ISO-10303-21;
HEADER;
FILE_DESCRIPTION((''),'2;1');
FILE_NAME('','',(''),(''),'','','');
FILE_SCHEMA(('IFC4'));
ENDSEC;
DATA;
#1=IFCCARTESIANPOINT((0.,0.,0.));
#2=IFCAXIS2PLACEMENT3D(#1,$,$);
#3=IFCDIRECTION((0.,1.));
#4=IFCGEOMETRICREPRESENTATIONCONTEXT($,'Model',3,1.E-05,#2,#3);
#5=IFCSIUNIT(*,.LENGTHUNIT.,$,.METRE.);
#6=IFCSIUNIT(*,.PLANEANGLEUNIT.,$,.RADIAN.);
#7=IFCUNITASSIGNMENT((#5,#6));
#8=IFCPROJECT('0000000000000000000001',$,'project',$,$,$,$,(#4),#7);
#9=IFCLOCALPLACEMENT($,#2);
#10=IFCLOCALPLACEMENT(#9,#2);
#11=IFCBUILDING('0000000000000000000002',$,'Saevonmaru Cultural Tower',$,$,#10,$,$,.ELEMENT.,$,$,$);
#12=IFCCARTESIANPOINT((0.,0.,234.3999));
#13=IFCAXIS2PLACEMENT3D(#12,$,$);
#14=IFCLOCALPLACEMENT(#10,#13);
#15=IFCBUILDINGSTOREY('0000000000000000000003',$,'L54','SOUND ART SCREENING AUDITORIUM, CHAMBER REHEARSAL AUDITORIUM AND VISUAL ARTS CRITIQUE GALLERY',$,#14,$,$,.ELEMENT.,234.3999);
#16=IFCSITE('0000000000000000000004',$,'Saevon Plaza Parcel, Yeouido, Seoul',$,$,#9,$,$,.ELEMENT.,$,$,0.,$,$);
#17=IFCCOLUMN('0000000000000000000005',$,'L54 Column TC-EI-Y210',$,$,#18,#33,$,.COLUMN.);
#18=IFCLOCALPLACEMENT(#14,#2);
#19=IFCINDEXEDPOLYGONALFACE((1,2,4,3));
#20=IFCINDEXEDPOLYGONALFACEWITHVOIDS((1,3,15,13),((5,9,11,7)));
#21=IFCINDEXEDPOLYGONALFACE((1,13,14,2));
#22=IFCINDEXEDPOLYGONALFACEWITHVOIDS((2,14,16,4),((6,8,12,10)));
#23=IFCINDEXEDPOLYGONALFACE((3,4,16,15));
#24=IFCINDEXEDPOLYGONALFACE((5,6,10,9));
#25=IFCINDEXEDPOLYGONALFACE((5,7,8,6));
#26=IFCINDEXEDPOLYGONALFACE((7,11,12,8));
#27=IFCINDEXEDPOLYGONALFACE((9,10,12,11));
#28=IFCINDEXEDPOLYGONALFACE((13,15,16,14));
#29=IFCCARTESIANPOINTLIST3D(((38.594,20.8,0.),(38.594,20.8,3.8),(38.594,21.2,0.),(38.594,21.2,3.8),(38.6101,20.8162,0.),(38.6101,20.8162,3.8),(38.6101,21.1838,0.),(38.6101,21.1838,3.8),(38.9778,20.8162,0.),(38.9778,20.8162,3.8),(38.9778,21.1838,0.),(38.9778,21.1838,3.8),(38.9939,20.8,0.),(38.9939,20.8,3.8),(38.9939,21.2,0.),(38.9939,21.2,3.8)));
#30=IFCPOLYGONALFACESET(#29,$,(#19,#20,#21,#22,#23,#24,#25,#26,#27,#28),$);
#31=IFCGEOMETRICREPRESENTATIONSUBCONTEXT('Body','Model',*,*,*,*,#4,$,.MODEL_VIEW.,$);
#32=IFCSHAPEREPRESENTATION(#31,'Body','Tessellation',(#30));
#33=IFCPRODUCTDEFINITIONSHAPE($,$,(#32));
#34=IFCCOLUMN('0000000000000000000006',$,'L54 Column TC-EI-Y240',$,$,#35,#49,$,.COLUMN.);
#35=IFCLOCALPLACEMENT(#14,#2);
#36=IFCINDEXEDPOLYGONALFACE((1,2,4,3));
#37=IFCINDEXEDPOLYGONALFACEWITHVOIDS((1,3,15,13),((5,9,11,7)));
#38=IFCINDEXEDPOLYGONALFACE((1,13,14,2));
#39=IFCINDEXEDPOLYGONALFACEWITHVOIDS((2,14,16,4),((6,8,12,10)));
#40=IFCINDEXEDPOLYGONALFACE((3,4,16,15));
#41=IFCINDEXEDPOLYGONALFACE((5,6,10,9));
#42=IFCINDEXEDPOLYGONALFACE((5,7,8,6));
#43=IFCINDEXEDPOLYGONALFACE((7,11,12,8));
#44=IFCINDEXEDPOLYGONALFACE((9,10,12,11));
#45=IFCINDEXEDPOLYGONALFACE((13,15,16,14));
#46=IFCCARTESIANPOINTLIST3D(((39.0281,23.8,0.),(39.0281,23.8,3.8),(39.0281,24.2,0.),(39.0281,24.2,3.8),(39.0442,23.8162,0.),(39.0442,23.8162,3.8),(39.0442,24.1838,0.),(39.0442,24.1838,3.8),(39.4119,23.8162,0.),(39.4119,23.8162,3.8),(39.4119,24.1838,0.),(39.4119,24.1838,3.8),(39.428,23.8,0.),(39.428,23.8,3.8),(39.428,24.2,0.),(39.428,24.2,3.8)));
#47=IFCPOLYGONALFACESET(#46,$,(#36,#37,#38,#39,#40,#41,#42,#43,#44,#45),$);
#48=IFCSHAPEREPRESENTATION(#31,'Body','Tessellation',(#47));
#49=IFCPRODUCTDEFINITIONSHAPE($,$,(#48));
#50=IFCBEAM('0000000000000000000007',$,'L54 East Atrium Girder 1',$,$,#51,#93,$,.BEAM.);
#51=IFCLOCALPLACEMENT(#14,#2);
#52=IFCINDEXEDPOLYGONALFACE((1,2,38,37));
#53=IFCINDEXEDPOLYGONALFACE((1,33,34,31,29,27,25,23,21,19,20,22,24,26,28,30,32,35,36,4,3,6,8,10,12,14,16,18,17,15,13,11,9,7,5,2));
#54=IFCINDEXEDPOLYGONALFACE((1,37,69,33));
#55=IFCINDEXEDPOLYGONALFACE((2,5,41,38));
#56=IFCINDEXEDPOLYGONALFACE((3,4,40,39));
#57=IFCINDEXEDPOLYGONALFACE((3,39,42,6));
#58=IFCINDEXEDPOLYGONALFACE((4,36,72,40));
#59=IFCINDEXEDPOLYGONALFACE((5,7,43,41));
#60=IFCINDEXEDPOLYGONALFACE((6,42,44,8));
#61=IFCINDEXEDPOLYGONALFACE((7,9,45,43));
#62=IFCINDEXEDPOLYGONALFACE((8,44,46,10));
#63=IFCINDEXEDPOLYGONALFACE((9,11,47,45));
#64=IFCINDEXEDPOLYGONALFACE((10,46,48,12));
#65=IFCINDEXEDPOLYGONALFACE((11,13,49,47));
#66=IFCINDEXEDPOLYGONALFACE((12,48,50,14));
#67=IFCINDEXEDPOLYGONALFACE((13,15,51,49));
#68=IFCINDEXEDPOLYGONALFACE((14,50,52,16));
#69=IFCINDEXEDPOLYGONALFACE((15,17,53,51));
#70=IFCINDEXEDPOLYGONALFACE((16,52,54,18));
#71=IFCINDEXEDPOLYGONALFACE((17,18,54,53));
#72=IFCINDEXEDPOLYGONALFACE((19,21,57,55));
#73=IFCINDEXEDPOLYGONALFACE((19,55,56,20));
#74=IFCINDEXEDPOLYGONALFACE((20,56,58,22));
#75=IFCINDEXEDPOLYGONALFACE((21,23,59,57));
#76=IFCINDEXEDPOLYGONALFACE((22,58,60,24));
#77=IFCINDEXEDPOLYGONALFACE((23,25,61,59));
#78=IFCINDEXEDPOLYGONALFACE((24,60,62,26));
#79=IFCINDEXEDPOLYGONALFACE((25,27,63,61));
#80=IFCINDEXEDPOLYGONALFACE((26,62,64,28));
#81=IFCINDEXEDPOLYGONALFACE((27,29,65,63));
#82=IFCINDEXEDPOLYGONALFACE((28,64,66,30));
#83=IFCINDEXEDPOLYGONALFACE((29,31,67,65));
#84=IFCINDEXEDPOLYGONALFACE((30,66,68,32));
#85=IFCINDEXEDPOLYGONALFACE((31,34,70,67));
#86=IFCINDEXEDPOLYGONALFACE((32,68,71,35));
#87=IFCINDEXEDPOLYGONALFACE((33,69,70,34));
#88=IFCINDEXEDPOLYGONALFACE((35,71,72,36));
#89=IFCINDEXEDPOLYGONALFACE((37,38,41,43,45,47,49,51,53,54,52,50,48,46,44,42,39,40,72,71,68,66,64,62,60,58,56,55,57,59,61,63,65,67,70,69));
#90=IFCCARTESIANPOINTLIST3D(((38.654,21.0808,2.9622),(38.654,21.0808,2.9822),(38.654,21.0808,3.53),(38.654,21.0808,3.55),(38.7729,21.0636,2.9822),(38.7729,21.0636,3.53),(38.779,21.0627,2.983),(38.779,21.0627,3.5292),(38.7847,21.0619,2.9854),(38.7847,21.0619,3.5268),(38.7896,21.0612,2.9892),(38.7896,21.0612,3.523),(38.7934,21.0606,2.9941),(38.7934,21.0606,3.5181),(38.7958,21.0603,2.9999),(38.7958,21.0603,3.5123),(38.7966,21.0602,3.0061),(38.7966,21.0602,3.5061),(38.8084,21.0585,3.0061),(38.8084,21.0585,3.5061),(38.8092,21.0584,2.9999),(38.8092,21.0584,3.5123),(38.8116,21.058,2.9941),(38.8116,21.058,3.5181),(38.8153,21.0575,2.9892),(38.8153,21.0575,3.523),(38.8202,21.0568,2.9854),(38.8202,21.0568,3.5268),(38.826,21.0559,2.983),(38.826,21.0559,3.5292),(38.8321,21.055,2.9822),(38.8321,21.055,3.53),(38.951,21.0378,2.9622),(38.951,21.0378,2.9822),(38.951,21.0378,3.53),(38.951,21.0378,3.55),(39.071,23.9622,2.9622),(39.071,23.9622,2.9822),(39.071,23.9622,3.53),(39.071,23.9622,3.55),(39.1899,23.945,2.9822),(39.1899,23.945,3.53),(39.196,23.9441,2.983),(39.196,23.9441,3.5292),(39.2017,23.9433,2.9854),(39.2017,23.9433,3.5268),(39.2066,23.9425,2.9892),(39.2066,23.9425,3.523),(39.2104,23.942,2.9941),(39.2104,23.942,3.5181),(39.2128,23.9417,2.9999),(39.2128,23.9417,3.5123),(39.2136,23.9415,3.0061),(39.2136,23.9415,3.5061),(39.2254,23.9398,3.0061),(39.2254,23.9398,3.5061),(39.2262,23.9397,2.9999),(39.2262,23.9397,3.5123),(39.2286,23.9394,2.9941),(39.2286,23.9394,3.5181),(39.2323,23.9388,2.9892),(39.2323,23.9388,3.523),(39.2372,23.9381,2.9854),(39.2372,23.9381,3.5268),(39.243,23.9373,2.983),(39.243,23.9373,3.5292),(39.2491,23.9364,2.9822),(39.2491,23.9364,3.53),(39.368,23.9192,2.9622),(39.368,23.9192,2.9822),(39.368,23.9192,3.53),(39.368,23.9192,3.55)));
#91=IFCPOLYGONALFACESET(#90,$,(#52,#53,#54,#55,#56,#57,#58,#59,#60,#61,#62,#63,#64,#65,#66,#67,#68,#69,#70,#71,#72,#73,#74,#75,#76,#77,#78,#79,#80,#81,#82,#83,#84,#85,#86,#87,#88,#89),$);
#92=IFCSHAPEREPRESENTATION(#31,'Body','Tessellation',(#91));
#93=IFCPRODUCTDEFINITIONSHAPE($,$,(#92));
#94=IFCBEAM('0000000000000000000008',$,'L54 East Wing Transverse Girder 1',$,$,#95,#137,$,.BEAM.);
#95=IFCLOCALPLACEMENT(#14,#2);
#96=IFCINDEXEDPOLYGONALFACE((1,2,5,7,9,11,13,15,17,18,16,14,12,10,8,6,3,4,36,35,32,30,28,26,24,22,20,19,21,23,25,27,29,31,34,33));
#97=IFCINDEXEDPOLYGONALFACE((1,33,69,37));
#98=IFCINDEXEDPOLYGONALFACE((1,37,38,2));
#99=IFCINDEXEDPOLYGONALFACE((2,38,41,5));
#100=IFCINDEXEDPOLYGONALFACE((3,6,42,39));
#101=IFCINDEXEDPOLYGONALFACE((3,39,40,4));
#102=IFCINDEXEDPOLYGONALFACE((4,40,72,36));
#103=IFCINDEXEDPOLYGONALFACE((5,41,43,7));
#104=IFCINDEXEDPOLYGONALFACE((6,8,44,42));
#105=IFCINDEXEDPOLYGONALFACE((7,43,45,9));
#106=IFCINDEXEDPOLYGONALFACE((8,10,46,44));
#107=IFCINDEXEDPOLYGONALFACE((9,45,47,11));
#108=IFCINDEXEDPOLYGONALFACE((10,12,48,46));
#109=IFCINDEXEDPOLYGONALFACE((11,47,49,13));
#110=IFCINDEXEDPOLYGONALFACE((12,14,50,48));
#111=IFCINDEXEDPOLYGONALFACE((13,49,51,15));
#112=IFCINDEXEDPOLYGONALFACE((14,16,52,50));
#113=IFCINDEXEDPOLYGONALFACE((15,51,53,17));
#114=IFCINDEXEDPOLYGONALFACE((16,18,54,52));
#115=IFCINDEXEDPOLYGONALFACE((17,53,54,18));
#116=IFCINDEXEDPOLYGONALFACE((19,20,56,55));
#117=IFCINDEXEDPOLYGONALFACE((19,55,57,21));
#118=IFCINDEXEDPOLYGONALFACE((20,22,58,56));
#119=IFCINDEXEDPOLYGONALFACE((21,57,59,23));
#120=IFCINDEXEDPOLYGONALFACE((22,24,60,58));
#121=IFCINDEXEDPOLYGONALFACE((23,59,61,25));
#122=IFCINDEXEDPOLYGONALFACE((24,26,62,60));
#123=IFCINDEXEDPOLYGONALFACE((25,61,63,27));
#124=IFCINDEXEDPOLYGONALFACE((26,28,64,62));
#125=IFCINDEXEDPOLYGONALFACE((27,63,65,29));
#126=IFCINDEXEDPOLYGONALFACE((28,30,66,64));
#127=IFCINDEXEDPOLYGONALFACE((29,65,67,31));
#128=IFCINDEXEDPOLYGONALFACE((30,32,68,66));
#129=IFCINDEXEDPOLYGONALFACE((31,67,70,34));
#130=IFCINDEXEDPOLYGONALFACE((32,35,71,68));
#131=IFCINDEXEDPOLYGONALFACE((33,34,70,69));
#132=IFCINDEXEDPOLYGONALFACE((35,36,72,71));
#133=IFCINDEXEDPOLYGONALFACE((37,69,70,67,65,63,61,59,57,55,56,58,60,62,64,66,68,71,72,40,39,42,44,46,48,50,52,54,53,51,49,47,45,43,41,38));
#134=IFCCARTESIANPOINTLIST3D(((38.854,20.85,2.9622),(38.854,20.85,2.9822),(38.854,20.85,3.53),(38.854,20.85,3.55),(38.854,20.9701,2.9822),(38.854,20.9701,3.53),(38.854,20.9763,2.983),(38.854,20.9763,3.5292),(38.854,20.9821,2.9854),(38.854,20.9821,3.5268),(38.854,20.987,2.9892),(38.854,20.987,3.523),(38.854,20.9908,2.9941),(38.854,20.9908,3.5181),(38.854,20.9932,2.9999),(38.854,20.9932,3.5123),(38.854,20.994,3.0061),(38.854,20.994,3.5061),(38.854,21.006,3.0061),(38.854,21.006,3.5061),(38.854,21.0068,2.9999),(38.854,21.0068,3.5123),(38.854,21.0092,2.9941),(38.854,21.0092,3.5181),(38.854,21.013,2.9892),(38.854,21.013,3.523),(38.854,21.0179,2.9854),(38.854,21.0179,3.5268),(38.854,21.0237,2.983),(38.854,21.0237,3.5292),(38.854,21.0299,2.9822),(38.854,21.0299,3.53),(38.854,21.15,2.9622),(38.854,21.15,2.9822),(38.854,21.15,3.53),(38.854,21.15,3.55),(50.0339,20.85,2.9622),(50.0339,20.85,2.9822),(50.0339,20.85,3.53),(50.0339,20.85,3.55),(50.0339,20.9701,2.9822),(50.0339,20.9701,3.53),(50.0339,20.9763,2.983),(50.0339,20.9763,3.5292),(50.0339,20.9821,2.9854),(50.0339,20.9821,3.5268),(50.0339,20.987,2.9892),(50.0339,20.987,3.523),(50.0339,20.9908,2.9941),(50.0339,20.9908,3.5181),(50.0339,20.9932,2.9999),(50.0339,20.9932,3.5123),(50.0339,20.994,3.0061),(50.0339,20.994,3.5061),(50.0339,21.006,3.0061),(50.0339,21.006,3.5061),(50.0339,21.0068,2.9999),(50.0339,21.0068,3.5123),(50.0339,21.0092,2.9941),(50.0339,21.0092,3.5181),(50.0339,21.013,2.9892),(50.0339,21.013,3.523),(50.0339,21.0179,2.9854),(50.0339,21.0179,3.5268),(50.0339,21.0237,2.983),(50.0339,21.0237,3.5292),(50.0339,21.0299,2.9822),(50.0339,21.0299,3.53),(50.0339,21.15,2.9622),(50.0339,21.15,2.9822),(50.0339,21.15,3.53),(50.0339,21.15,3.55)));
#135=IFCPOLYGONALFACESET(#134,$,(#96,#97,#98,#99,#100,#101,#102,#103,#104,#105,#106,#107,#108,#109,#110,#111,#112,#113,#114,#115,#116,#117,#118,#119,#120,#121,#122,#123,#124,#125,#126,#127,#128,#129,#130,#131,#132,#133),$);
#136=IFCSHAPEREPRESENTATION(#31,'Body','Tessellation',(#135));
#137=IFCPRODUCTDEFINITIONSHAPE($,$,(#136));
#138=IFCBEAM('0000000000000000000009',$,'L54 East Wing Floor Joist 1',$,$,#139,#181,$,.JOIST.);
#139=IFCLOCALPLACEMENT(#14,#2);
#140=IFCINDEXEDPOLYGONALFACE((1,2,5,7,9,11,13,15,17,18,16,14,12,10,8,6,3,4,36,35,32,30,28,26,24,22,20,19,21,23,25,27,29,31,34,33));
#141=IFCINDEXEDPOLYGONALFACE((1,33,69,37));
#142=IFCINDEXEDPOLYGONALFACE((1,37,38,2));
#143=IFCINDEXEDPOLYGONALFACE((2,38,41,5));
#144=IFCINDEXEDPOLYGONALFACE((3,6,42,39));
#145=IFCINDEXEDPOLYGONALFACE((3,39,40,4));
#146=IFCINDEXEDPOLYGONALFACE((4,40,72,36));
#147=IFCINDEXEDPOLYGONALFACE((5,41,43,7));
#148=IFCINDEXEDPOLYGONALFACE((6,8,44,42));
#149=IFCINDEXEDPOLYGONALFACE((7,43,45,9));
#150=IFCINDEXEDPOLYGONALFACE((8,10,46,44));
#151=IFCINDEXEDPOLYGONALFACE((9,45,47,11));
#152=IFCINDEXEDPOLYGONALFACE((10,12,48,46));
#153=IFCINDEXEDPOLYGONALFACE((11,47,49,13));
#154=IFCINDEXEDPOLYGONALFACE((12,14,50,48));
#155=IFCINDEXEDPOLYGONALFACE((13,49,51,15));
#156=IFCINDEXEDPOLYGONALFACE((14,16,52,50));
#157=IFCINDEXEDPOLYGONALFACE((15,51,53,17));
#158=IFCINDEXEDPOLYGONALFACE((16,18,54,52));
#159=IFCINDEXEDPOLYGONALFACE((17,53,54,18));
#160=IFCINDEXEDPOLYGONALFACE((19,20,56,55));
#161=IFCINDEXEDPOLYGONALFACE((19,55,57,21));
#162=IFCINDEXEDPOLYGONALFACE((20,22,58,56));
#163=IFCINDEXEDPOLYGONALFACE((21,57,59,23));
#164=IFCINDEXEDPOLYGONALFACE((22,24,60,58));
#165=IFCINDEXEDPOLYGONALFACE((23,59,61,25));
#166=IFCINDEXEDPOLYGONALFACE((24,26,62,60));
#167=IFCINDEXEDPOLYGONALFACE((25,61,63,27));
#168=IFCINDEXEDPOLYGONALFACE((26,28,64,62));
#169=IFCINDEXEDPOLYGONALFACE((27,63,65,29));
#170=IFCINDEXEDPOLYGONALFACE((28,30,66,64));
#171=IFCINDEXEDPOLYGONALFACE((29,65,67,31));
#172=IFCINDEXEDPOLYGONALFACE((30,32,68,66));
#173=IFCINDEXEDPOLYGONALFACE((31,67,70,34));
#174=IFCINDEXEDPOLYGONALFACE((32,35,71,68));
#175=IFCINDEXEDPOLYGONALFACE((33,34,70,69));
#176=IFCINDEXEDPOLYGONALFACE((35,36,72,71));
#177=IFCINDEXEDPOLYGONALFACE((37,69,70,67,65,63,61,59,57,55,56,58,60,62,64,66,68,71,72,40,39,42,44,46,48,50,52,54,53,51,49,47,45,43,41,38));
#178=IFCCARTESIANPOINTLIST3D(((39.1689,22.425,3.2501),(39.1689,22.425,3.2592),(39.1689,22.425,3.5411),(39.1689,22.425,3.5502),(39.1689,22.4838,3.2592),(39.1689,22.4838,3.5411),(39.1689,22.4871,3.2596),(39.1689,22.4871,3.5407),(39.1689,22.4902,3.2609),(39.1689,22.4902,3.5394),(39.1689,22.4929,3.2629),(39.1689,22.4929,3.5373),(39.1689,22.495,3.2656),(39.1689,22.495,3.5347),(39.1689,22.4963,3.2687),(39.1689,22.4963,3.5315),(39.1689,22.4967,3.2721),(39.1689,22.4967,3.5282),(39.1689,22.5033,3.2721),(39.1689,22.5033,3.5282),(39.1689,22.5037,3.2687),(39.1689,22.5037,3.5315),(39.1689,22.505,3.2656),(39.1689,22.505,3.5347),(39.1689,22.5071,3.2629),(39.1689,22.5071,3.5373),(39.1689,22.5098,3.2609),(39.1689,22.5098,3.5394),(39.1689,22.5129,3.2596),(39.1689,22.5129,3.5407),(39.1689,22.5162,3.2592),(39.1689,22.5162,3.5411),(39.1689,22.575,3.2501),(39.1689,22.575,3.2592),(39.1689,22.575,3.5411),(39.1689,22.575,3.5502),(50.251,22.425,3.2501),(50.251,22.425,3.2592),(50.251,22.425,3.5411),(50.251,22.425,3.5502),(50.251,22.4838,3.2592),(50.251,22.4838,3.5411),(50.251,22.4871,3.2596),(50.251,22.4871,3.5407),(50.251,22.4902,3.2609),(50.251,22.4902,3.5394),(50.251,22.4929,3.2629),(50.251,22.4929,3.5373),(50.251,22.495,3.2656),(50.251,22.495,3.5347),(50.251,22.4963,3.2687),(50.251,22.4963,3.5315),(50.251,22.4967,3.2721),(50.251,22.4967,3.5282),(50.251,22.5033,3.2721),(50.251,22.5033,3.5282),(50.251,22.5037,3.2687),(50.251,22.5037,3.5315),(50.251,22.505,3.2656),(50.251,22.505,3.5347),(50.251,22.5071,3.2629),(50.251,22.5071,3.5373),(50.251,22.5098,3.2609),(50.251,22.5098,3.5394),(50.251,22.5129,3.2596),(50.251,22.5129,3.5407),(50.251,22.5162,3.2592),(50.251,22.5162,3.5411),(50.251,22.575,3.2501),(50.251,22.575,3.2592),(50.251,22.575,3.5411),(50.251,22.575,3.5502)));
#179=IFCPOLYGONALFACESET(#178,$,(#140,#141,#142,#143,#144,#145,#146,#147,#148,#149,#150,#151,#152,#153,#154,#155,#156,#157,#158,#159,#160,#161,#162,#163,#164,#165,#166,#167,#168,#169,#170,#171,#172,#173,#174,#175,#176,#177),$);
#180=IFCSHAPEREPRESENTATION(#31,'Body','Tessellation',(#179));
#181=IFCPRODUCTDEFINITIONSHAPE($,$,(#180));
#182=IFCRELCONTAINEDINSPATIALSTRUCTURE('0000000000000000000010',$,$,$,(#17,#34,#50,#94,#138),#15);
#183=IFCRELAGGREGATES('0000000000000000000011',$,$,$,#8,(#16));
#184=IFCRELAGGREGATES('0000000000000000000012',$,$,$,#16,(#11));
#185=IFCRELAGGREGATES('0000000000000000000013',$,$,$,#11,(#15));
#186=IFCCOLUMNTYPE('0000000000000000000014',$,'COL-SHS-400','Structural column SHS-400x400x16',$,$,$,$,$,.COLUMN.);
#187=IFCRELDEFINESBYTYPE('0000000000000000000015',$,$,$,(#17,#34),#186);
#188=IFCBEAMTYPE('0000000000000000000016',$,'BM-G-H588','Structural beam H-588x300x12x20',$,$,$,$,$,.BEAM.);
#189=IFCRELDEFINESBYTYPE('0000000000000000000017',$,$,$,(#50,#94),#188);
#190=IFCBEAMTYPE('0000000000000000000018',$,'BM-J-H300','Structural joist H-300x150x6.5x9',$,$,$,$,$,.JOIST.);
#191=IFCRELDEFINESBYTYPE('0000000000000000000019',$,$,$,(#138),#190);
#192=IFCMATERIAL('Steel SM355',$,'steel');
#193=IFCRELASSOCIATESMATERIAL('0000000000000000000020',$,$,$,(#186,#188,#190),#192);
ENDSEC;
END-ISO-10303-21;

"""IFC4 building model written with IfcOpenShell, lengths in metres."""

from ifc_helpers import new_model, si_unit, direction, frame, origin, origin_2d, place, context, subcontext, project, spatial, hollow_rectangle, i_section, extrude, material, material_profile, profile_set, type_object, element, save


model = new_model("IFC4")

# Units and contexts
model_context = context("Model", 3, precision=1e-05, world=origin(), true_north=direction((0.0, 1.0)))
body_context = subcontext(model_context, "Body", "Model", "MODEL_VIEW")
ifc_project = project(units=[si_unit("LENGTHUNIT", "METRE"), si_unit("PLANEANGLEUNIT", "RADIAN")], contexts=[model_context])

# Site, building, storey
site_placement = place(None, origin())
site = spatial("IfcSite", under=ifc_project, at=site_placement, Name="Saevon Plaza Parcel, Yeouido, Seoul", CompositionType="ELEMENT", RefElevation=0.0)
building_placement = place(site_placement, origin())
building = spatial("IfcBuilding", under=site, at=building_placement, Name="Saevonmaru Cultural Tower", CompositionType="ELEMENT")
storey_placement = place(building_placement, frame((0.0, 0.0, 234.3999)))
storey = spatial("IfcBuildingStorey", under=building, at=storey_placement, Name="L54", Description="SOUND ART SCREENING AUDITORIUM, CHAMBER REHEARSAL AUDITORIUM AND VISUAL ARTS CRITIQUE GALLERY", CompositionType="ELEMENT", Elevation=234.3999)

# Columns
ifc_material_1 = material(Name="Steel SM355", Category="steel")
ifc_material_profile_1 = material_profile(ifc_material_1, hollow_rectangle(XDim=0.3999, YDim=0.3999, WallThickness=0.0161, at=origin_2d()), Name="SHS-400x400x16")
ifc_profile_set_1 = profile_set([ifc_material_profile_1], Name="Steel SM355")
column_type = type_object("IfcColumnType", Name="COL-SHS-400", Description="Structural column SHS-400x400x16", PredefinedType="COLUMN", material=ifc_profile_set_1)
for number, where, z_axis, x_axis, name in (
    (1, (38.7939, 21.0, 0.0), (0.0, 0.0, 1.0), (1.0, 0.0, 0.0), "L54 Column TC-EI-Y210"),
    (2, (39.228, 24.0, 0.0), (0.0, 0.0, 1.0), (1.0, 0.0, 0.0), "L54 Column TC-EI-Y240"),
):
    element("IfcColumn", number, at=place(storey_placement, frame(where, z_axis=z_axis, x_axis=x_axis)), inside=storey, type_object=column_type, Name=name, PredefinedType="COLUMN", context=body_context, shape_type="SweptSolid", body=[
        extrude(hollow_rectangle(XDim=0.3999, YDim=0.3999, WallThickness=0.0161, at=origin_2d()), origin(), (0.0, 0.0, 1.0), 3.8),
    ])

# Beams
ifc_material_profile_2 = material_profile(ifc_material_1, i_section(OverallWidth=0.3, OverallDepth=0.5879, WebThickness=0.012, FlangeThickness=0.02, FilletRadius=0.0239, at=origin_2d()), Name="H-588x300x12x20")
ifc_profile_set_2 = profile_set([ifc_material_profile_2], Name="Steel SM355")
beam_type_1 = type_object("IfcBeamType", Name="BM-G-H588", Description="Structural beam H-588x300x12x20", PredefinedType="BEAM", material=ifc_profile_set_2)
beam_1_placement = place(storey_placement, frame((38.8025, 21.0593, 3.2561), z_axis=(0.143229, 0.98969, 0.0), x_axis=(-0.98969, 0.143229, 0.0)))
element("IfcBeam", 3, at=beam_1_placement, inside=storey, type_object=beam_type_1, Name="L54 East Atrium Girder 1", PredefinedType="BEAM", context=body_context, shape_type="SweptSolid", body=[
    extrude(i_section(OverallWidth=0.3, OverallDepth=0.5879, WebThickness=0.012, FlangeThickness=0.02, FilletRadius=0.0239, at=origin_2d()), origin(), (0.0, 0.0, 1.0), 2.9114),
])
beam_2_placement = place(storey_placement, frame((38.854, 21.0, 3.2561), z_axis=(1.0, 0.0, 0.0), x_axis=(0.0, 1.0, 0.0)))
element("IfcBeam", 4, at=beam_2_placement, inside=storey, type_object=beam_type_1, Name="L54 East Wing Transverse Girder 1", PredefinedType="BEAM", context=body_context, shape_type="SweptSolid", body=[
    extrude(i_section(OverallWidth=0.3, OverallDepth=0.5879, WebThickness=0.012, FlangeThickness=0.02, FilletRadius=0.0239, at=origin_2d()), origin(), (0.0, 0.0, 1.0), 11.1799),
])
ifc_material_profile_3 = material_profile(ifc_material_1, i_section(OverallWidth=0.1499, OverallDepth=0.3, WebThickness=0.0066, FlangeThickness=0.009, FilletRadius=0.0129, at=origin_2d()), Name="H-300x150x6.5x9")
ifc_profile_set_3 = profile_set([ifc_material_profile_3], Name="Steel SM355")
beam_type_2 = type_object("IfcBeamType", Name="BM-J-H300", Description="Structural joist H-300x150x6.5x9", PredefinedType="JOIST", material=ifc_profile_set_3)
beam_3_placement = place(storey_placement, frame((39.1689, 22.5, 3.4001), z_axis=(1.0, 0.0, 0.0), x_axis=(0.0, 1.0, 0.0)))
element("IfcBeam", 5, at=beam_3_placement, inside=storey, type_object=beam_type_2, Name="L54 East Wing Floor Joist 1", PredefinedType="JOIST", context=body_context, shape_type="SweptSolid", body=[
    extrude(i_section(OverallWidth=0.1499, OverallDepth=0.3, WebThickness=0.0066, FlangeThickness=0.009, FilletRadius=0.0129, at=origin_2d()), origin(), (0.0, 0.0, 1.0), 11.082),
])

save(model, "model.ifc")
